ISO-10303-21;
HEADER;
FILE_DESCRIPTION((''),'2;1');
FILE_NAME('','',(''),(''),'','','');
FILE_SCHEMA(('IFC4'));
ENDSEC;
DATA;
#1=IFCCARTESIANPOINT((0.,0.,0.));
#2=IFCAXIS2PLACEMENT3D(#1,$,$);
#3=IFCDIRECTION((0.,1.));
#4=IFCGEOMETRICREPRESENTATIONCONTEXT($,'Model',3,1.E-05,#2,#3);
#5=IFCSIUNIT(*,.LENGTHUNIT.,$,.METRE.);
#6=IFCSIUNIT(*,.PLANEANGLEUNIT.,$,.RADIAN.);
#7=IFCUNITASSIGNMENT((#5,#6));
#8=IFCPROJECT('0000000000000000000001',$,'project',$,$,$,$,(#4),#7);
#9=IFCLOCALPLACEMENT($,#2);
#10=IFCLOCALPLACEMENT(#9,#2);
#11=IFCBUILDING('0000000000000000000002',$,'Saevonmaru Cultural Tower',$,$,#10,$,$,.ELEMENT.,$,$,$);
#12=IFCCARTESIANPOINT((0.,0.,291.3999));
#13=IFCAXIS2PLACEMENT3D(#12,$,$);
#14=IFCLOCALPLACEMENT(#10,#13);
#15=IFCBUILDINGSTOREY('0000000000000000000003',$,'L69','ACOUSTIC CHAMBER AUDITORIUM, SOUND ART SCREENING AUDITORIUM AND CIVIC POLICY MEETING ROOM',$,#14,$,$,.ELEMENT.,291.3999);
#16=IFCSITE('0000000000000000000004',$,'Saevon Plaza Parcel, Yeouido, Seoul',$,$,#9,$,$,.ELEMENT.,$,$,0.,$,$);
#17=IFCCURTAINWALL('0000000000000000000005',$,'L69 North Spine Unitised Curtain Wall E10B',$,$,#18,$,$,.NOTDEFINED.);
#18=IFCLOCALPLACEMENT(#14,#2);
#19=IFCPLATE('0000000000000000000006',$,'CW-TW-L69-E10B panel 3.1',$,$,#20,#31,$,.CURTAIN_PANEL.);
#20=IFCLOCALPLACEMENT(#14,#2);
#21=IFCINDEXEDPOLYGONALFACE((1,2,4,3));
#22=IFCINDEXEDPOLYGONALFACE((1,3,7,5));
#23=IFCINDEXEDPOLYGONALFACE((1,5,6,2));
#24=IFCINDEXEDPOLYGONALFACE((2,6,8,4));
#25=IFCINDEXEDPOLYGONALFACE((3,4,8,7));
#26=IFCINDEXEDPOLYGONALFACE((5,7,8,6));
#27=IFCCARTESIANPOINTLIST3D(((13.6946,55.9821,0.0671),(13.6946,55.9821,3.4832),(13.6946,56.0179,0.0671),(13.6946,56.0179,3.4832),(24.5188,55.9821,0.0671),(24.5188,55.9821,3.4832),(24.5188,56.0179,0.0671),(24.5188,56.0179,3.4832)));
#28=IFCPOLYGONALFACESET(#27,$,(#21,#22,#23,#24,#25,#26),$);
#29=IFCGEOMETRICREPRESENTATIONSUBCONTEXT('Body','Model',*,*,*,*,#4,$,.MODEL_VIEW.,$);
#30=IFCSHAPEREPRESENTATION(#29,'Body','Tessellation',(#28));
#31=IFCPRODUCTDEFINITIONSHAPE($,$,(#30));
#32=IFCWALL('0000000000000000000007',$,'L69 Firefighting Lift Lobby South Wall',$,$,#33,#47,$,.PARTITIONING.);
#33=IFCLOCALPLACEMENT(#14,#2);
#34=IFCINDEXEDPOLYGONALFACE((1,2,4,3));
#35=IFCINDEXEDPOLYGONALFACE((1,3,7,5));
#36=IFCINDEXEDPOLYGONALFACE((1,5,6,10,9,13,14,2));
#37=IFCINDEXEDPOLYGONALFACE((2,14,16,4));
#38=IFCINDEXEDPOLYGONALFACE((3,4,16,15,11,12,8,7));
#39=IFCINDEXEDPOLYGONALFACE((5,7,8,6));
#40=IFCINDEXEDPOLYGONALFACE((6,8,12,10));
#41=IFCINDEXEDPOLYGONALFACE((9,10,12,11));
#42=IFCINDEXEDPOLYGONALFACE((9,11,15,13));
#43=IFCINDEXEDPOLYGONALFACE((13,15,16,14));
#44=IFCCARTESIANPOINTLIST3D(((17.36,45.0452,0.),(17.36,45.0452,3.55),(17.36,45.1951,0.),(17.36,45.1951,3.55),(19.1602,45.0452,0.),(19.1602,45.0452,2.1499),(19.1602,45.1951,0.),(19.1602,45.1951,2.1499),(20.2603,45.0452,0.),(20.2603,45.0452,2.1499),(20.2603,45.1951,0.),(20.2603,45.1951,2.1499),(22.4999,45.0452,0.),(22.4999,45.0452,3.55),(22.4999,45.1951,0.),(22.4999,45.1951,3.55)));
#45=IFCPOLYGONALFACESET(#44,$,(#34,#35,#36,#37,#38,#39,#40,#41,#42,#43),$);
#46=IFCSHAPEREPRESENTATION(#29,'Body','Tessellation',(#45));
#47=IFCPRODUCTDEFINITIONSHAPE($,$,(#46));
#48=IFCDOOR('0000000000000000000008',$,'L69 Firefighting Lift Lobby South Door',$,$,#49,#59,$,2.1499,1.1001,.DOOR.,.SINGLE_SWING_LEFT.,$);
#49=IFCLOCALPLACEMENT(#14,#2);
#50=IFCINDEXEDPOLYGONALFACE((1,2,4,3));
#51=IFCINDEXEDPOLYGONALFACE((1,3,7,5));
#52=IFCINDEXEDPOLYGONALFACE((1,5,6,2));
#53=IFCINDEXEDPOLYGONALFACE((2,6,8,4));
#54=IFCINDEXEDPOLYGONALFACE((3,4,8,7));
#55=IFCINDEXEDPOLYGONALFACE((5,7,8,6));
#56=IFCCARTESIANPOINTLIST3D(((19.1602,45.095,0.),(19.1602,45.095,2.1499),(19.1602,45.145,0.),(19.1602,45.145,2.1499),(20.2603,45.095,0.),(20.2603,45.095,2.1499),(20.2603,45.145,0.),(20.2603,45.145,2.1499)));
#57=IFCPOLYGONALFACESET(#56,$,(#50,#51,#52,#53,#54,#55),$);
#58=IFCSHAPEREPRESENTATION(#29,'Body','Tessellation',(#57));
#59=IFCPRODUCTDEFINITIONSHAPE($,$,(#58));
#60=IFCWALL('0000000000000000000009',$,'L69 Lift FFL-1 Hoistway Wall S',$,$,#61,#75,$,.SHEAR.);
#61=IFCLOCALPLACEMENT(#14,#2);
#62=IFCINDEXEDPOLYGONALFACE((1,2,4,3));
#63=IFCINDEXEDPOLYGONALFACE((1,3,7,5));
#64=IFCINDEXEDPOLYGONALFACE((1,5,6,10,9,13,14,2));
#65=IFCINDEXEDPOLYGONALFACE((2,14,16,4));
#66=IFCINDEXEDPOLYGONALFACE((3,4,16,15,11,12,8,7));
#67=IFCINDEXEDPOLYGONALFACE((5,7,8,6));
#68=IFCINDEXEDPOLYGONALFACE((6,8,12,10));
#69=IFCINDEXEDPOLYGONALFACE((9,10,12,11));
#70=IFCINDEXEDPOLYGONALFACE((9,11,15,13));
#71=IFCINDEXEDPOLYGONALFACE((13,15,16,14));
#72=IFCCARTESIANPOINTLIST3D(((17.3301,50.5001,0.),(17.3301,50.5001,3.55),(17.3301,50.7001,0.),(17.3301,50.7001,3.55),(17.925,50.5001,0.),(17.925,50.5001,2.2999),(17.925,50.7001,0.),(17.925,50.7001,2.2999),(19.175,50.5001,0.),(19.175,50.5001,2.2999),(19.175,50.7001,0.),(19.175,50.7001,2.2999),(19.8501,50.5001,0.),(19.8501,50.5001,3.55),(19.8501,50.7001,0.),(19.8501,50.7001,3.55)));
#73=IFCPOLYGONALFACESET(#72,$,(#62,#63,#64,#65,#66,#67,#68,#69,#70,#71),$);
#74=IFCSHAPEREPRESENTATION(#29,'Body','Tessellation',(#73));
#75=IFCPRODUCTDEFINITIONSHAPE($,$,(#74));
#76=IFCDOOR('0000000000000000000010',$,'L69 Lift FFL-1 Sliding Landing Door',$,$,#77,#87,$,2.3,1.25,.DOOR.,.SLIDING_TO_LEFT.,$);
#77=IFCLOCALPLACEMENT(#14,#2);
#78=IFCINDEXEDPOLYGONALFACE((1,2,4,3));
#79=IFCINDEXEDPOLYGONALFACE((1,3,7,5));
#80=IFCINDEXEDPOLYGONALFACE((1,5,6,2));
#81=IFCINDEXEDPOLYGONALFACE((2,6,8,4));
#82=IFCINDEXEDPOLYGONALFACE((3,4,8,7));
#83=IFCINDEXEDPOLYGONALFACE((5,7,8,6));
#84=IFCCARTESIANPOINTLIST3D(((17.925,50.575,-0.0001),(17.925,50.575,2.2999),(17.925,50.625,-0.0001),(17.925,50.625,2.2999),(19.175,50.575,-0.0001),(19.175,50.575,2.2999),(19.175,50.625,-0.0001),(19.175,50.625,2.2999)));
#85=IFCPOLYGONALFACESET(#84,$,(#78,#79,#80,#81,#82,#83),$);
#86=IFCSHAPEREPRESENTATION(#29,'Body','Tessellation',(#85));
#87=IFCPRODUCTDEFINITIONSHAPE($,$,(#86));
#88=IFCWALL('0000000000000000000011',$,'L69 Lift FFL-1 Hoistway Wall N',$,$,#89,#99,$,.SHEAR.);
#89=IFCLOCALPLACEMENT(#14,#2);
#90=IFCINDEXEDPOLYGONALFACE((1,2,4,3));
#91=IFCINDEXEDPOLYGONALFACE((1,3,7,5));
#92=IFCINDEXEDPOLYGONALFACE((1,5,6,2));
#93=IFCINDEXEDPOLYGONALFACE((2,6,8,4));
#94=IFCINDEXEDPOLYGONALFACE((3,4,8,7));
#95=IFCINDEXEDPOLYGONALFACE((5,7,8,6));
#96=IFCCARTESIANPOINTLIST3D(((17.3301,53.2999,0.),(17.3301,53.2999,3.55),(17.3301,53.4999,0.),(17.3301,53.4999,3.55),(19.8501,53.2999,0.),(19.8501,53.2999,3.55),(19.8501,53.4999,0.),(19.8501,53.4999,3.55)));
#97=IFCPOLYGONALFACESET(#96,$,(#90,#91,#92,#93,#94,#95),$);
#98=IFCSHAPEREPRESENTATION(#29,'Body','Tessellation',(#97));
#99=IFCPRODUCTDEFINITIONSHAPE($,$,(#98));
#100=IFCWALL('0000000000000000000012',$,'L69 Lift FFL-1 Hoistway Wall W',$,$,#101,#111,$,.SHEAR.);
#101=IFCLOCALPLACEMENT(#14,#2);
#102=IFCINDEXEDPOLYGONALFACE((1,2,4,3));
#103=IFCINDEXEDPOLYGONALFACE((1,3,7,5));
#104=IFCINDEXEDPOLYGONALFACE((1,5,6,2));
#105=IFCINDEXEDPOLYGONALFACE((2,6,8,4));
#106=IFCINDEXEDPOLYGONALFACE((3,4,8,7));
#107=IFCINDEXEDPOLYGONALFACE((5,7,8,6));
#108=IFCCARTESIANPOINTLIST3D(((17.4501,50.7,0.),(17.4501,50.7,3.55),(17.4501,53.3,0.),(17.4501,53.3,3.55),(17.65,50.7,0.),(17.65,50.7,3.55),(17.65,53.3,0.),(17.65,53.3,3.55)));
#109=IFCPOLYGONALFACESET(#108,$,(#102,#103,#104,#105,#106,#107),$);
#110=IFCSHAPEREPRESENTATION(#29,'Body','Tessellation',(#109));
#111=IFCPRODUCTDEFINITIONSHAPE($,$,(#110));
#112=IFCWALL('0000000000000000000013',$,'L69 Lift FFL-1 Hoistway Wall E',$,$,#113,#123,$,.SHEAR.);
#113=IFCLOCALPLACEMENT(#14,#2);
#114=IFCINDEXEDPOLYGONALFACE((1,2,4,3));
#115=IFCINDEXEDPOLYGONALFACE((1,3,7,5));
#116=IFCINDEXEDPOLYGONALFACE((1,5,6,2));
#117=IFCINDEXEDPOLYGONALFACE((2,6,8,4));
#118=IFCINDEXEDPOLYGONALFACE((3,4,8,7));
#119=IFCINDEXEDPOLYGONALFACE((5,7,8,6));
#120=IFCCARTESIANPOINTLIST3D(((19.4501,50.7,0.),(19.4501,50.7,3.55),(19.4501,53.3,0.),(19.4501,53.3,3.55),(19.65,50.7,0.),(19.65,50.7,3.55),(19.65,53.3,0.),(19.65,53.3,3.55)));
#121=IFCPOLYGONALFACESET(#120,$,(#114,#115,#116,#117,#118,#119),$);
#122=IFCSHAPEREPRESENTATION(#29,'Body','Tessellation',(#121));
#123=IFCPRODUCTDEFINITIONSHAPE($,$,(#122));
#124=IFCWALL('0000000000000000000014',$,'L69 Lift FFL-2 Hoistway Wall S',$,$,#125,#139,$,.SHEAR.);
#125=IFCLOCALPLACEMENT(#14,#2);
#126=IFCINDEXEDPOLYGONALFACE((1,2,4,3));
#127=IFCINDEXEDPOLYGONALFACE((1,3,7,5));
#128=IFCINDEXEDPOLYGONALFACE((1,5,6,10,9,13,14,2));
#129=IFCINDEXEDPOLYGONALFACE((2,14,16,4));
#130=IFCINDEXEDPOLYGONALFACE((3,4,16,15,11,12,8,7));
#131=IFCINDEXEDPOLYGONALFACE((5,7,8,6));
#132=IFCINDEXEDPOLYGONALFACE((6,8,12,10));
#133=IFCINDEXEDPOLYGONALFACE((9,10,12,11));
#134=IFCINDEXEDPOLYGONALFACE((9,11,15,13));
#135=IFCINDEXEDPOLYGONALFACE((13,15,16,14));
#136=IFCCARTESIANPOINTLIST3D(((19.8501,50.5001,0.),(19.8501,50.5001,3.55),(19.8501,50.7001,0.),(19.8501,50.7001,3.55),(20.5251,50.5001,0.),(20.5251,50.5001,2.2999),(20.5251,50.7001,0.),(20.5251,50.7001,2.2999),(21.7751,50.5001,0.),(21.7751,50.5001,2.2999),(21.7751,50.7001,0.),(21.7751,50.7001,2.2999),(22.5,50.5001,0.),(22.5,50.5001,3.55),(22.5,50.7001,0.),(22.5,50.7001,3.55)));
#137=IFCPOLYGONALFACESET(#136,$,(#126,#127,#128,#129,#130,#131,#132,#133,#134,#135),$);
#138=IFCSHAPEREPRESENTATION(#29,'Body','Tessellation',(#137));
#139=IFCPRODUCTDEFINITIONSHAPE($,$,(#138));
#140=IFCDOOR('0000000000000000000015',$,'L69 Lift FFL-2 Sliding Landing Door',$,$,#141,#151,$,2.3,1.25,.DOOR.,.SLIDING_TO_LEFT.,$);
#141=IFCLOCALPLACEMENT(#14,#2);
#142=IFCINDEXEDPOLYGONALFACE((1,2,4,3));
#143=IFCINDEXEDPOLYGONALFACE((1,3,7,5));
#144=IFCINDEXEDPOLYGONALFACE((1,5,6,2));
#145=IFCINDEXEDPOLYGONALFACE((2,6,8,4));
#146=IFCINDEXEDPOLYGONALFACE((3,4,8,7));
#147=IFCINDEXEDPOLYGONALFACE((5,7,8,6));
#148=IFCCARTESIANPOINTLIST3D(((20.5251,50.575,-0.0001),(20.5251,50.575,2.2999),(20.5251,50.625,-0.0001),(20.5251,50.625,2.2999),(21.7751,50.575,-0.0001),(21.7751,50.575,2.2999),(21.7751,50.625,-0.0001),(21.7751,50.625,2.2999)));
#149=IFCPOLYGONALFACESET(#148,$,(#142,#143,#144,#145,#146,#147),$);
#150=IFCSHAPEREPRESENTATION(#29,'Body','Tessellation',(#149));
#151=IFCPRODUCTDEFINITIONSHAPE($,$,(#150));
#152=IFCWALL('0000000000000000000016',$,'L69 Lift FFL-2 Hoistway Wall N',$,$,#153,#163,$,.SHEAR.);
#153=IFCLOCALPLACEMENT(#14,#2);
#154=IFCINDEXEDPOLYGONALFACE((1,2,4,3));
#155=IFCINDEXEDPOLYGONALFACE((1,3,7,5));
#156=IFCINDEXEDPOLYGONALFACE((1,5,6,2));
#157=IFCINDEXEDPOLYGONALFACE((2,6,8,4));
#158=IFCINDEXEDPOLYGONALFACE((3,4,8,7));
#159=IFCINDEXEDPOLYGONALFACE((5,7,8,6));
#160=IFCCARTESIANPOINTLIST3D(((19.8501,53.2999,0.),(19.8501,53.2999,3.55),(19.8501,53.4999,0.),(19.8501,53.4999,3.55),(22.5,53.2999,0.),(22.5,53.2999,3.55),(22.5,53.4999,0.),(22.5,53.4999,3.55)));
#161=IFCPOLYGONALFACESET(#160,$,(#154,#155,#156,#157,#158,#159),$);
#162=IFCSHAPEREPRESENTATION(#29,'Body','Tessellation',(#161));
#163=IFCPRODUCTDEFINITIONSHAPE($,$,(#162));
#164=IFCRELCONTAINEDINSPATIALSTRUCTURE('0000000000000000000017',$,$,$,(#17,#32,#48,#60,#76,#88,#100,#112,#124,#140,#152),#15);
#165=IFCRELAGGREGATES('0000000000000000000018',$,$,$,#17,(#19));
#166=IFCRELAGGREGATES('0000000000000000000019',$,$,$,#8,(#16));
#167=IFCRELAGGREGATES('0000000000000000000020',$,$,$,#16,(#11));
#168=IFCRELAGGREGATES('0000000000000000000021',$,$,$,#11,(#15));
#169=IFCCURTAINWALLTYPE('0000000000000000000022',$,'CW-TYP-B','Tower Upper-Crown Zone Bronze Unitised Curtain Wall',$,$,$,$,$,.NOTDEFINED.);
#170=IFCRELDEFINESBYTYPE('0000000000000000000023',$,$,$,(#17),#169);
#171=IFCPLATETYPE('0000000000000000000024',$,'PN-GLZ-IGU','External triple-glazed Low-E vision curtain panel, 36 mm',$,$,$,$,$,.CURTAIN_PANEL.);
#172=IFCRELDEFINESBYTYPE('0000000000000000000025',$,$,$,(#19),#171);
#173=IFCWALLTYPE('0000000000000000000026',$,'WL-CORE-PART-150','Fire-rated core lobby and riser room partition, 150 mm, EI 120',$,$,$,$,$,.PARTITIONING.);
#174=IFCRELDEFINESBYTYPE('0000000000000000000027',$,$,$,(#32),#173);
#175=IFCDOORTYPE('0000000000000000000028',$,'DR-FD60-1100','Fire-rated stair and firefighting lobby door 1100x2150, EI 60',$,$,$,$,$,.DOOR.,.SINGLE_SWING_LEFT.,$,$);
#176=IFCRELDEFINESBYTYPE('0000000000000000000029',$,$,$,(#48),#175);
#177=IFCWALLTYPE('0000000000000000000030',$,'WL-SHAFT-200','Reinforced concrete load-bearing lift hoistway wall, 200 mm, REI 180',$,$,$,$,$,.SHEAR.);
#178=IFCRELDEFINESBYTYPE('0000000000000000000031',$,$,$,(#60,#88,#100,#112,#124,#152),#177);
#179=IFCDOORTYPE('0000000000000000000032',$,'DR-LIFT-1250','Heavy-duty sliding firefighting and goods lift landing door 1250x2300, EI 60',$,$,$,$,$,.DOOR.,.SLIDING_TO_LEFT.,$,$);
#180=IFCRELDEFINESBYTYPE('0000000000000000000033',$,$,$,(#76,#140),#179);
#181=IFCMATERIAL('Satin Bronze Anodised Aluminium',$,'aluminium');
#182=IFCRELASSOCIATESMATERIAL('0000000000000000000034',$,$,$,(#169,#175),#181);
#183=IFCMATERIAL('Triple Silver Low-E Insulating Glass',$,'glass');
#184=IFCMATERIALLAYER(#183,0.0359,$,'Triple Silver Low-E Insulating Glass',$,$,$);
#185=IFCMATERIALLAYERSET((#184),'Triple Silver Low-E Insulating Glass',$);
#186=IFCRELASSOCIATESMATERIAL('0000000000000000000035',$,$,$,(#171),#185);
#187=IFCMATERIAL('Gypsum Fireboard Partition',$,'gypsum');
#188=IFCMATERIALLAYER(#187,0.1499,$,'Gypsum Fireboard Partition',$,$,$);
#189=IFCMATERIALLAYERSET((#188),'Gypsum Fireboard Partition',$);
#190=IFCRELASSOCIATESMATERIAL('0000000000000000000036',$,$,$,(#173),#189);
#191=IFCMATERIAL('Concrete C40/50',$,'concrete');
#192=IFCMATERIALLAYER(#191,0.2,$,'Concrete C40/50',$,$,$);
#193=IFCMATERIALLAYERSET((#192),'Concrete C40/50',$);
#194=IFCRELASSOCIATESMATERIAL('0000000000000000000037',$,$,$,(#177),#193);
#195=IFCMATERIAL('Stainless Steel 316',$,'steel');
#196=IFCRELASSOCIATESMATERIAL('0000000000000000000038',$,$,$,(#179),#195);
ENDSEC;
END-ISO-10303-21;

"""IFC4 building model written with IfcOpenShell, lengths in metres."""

from ifc_helpers import new_model, si_unit, direction, frame, frame_2d, origin, origin_2d, place, context, subcontext, project, spatial, rectangle, extrude, material, layer, layer_set, type_object, element, fill, aggregate, save


model = new_model("IFC4")

# Units and contexts
model_context = context("Model", 3, precision=1e-05, world=origin(), true_north=direction((0.0, 1.0)))
body_context = subcontext(model_context, "Body", "Model", "MODEL_VIEW")
ifc_project = project(units=[si_unit("LENGTHUNIT", "METRE"), si_unit("PLANEANGLEUNIT", "RADIAN")], contexts=[model_context])

# Site, building, storey
site_placement = place(None, origin())
site = spatial("IfcSite", under=ifc_project, at=site_placement, Name="Saevon Plaza Parcel, Yeouido, Seoul", CompositionType="ELEMENT", RefElevation=0.0)
building_placement = place(site_placement, origin())
building = spatial("IfcBuilding", under=site, at=building_placement, Name="Saevonmaru Cultural Tower", CompositionType="ELEMENT")
storey_placement = place(building_placement, frame((0.0, 0.0, 291.3999)))
storey = spatial("IfcBuildingStorey", under=building, at=storey_placement, Name="L69", Description="ACOUSTIC CHAMBER AUDITORIUM, SOUND ART SCREENING AUDITORIUM AND CIVIC POLICY MEETING ROOM", CompositionType="ELEMENT", Elevation=291.3999)

# Curtain wall, plate
ifc_material_1 = material(Name="Satin Bronze Anodised Aluminium", Category="aluminium")
curtain_wall_type = type_object("IfcCurtainWallType", Name="CW-TYP-B", Description="Tower Upper-Crown Zone Bronze Unitised Curtain Wall", PredefinedType="NOTDEFINED", material=ifc_material_1)
curtain_wall_placement = place(storey_placement, origin())
curtain_wall = element("IfcCurtainWall", 1, at=curtain_wall_placement, inside=storey, type_object=curtain_wall_type, Name="L69 North Spine Unitised Curtain Wall E10B", PredefinedType="NOTDEFINED")
ifc_material_2 = material(Name="Triple Silver Low-E Insulating Glass", Category="glass")
ifc_layer_1 = layer(ifc_material_2, 0.0359, Name="Triple Silver Low-E Insulating Glass")
ifc_layer_set_1 = layer_set([ifc_layer_1], Name="Triple Silver Low-E Insulating Glass")
plate_type = type_object("IfcPlateType", Name="PN-GLZ-IGU", Description="External triple-glazed Low-E vision curtain panel, 36 mm", PredefinedType="CURTAIN_PANEL", material=ifc_layer_set_1)
plate_placement = place(storey_placement, frame((19.1067, 56.0, 0.0671), z_axis=(0.0, 0.0, 1.0), x_axis=(-1.0, 0.0, 0.0)))
plate = element("IfcPlate", 2, at=plate_placement, type_object=plate_type, Name="CW-TW-L69-E10B panel 3.1", PredefinedType="CURTAIN_PANEL", context=body_context, shape_type="SweptSolid", body=[
    extrude(rectangle(XDim=10.8242, YDim=0.0359, at=origin_2d()), origin(), (0.0, 0.0, 1.0), 3.416),
])
aggregate(curtain_wall, [plate])

# Walls, openings, doors
ifc_material_3 = material(Name="Gypsum Fireboard Partition", Category="gypsum")
ifc_layer_2 = layer(ifc_material_3, 0.1499, Name="Gypsum Fireboard Partition")
ifc_layer_set_2 = layer_set([ifc_layer_2], Name="Gypsum Fireboard Partition")
wall_type_1 = type_object("IfcWallType", Name="WL-CORE-PART-150", Description="Fire-rated core lobby and riser room partition, 150 mm, EI 120", PredefinedType="PARTITIONING", material=ifc_layer_set_2)
wall_1_placement = place(storey_placement, frame((17.3601, 45.1201, 0.0), z_axis=(0.0, 0.0, 1.0), x_axis=(1.0, 0.0, 0.0)))
wall_1 = element("IfcWall", 3, at=wall_1_placement, inside=storey, type_object=wall_type_1, Name="L69 Firefighting Lift Lobby South Wall", PredefinedType="PARTITIONING", context=body_context, shape_type="SweptSolid", body=[
    extrude(rectangle(XDim=5.1399, YDim=0.1499, at=frame_2d((2.5698, 0.0))), origin(), (0.0, 0.0, 1.0), 3.55),
])
opening_1_placement = place(wall_1_placement, frame((1.8, 0.0, 0.0)))
opening_1 = element("IfcOpeningElement", 4, at=opening_1_placement, cuts=wall_1, PredefinedType="OPENING", context=body_context, shape_type="SweptSolid", body=[
    extrude(rectangle(XDim=1.1001, YDim=2.1499, at=frame_2d((0.55, 1.075))), frame((0.0, 0.085, 0.0), z_axis=(0.0, -1.0, 0.0), x_axis=(1.0, 0.0, 0.0)), (0.0, 0.0, 1.0), 0.1699),
])
door_type_1 = type_object("IfcDoorType", Name="DR-FD60-1100", Description="Fire-rated stair and firefighting lobby door 1100x2150, EI 60", OperationType="SINGLE_SWING_LEFT", PredefinedType="DOOR", material=ifc_material_1)
door_1_placement = place(opening_1_placement, origin())
door_1 = element("IfcDoor", 5, at=door_1_placement, inside=storey, type_object=door_type_1, Name="L69 Firefighting Lift Lobby South Door", OperationType="SINGLE_SWING_LEFT", OverallHeight=2.1499, OverallWidth=1.1001, PredefinedType="DOOR", context=body_context, shape_type="SweptSolid", body=[
    extrude(rectangle(XDim=1.1001, YDim=2.1499, at=frame_2d((0.55, 1.075))), frame((0.0, 0.0249, 0.0), z_axis=(0.0, -1.0, 0.0), x_axis=(1.0, 0.0, 0.0)), (0.0, 0.0, 1.0), 0.05),
])
fill(opening_1, door_1)
ifc_material_4 = material(Name="Concrete C40/50", Category="concrete")
ifc_layer_3 = layer(ifc_material_4, 0.2, Name="Concrete C40/50")
ifc_layer_set_3 = layer_set([ifc_layer_3], Name="Concrete C40/50")
wall_type_2 = type_object("IfcWallType", Name="WL-SHAFT-200", Description="Reinforced concrete load-bearing lift hoistway wall, 200 mm, REI 180", PredefinedType="SHEAR", material=ifc_layer_set_3)
wall_2_placement = place(storey_placement, frame((17.3301, 50.6001, 0.0), z_axis=(0.0, 0.0, 1.0), x_axis=(1.0, 0.0, 0.0)))
wall_2 = element("IfcWall", 6, at=wall_2_placement, inside=storey, type_object=wall_type_2, Name="L69 Lift FFL-1 Hoistway Wall S", PredefinedType="SHEAR", context=body_context, shape_type="SweptSolid", body=[
    extrude(rectangle(XDim=2.52, YDim=0.2, at=frame_2d((1.26, 0.0))), origin(), (0.0, 0.0, 1.0), 3.55),
])
opening_2_placement = place(wall_2_placement, frame((0.595, 0.0, 0.0)))
opening_2 = element("IfcOpeningElement", 7, at=opening_2_placement, cuts=wall_2, PredefinedType="OPENING", context=body_context, shape_type="SweptSolid", body=[
    extrude(rectangle(XDim=1.25, YDim=2.3, at=frame_2d((0.625, 1.1499))), frame((0.0, 0.1099, 0.0), z_axis=(0.0, -1.0, 0.0), x_axis=(1.0, 0.0, 0.0)), (0.0, 0.0, 1.0), 0.22),
])
ifc_material_5 = material(Name="Stainless Steel 316", Category="steel")
door_type_2 = type_object("IfcDoorType", Name="DR-LIFT-1250", Description="Heavy-duty sliding firefighting and goods lift landing door 1250x2300, EI 60", OperationType="SLIDING_TO_LEFT", PredefinedType="DOOR", material=ifc_material_5)
door_2_placement = place(opening_2_placement, origin())
door_2 = element("IfcDoor", 8, at=door_2_placement, inside=storey, type_object=door_type_2, Name="L69 Lift FFL-1 Sliding Landing Door", OperationType="SLIDING_TO_LEFT", OverallHeight=2.3, OverallWidth=1.25, PredefinedType="DOOR", context=body_context, shape_type="SweptSolid", body=[
    extrude(rectangle(XDim=1.25, YDim=2.3, at=frame_2d((0.625, 1.1499))), frame((0.0, 0.0249, 0.0), z_axis=(0.0, -1.0, 0.0), x_axis=(1.0, 0.0, 0.0)), (0.0, 0.0, 1.0), 0.05),
])
fill(opening_2, door_2)

# Walls
wall_3_placement = place(storey_placement, frame((17.3301, 53.3999, 0.0), z_axis=(0.0, 0.0, 1.0), x_axis=(1.0, 0.0, 0.0)))
element("IfcWall", 9, at=wall_3_placement, inside=storey, type_object=wall_type_2, Name="L69 Lift FFL-1 Hoistway Wall N", PredefinedType="SHEAR", context=body_context, shape_type="SweptSolid", body=[
    extrude(rectangle(XDim=2.52, YDim=0.2, at=frame_2d((1.26, 0.0))), origin(), (0.0, 0.0, 1.0), 3.55),
])
for number, where, z_axis, x_axis, name in (
    (10, (17.55, 50.7, 0.0), (0.0, 0.0, 1.0), (0.0, 1.0, 0.0), "L69 Lift FFL-1 Hoistway Wall W"),
    (11, (19.55, 50.7, 0.0), (0.0, 0.0, 1.0), (0.0, 1.0, 0.0), "L69 Lift FFL-1 Hoistway Wall E"),
):
    element("IfcWall", number, at=place(storey_placement, frame(where, z_axis=z_axis, x_axis=x_axis)), inside=storey, type_object=wall_type_2, Name=name, PredefinedType="SHEAR", context=body_context, shape_type="SweptSolid", body=[
        extrude(rectangle(XDim=2.6001, YDim=0.2, at=frame_2d((1.3, 0.0))), origin(), (0.0, 0.0, 1.0), 3.55),
    ])

# Wall, opening, door
wall_4_placement = place(storey_placement, frame((19.8501, 50.6001, 0.0), z_axis=(0.0, 0.0, 1.0), x_axis=(1.0, 0.0, 0.0)))
wall_4 = element("IfcWall", 12, at=wall_4_placement, inside=storey, type_object=wall_type_2, Name="L69 Lift FFL-2 Hoistway Wall S", PredefinedType="SHEAR", context=body_context, shape_type="SweptSolid", body=[
    extrude(rectangle(XDim=2.6499, YDim=0.2, at=frame_2d((1.325, 0.0))), origin(), (0.0, 0.0, 1.0), 3.55),
])
opening_3_placement = place(wall_4_placement, frame((0.675, 0.0, 0.0)))
opening_3 = element("IfcOpeningElement", 13, at=opening_3_placement, cuts=wall_4, PredefinedType="OPENING", context=body_context, shape_type="SweptSolid", body=[
    extrude(rectangle(XDim=1.25, YDim=2.3, at=frame_2d((0.625, 1.1499))), frame((0.0, 0.1099, 0.0), z_axis=(0.0, -1.0, 0.0), x_axis=(1.0, 0.0, 0.0)), (0.0, 0.0, 1.0), 0.22),
])
door_3_placement = place(opening_3_placement, origin())
door_3 = element("IfcDoor", 14, at=door_3_placement, inside=storey, type_object=door_type_2, Name="L69 Lift FFL-2 Sliding Landing Door", OperationType="SLIDING_TO_LEFT", OverallHeight=2.3, OverallWidth=1.25, PredefinedType="DOOR", context=body_context, shape_type="SweptSolid", body=[
    extrude(rectangle(XDim=1.25, YDim=2.3, at=frame_2d((0.625, 1.1499))), frame((0.0, 0.0249, 0.0), z_axis=(0.0, -1.0, 0.0), x_axis=(1.0, 0.0, 0.0)), (0.0, 0.0, 1.0), 0.05),
])
fill(opening_3, door_3)

# Wall
wall_5_placement = place(storey_placement, frame((19.8501, 53.3999, 0.0), z_axis=(0.0, 0.0, 1.0), x_axis=(1.0, 0.0, 0.0)))
element("IfcWall", 15, at=wall_5_placement, inside=storey, type_object=wall_type_2, Name="L69 Lift FFL-2 Hoistway Wall N", PredefinedType="SHEAR", context=body_context, shape_type="SweptSolid", body=[
    extrude(rectangle(XDim=2.6499, YDim=0.2, at=frame_2d((1.325, 0.0))), origin(), (0.0, 0.0, 1.0), 3.55),
])

save(model, "model.ifc")
